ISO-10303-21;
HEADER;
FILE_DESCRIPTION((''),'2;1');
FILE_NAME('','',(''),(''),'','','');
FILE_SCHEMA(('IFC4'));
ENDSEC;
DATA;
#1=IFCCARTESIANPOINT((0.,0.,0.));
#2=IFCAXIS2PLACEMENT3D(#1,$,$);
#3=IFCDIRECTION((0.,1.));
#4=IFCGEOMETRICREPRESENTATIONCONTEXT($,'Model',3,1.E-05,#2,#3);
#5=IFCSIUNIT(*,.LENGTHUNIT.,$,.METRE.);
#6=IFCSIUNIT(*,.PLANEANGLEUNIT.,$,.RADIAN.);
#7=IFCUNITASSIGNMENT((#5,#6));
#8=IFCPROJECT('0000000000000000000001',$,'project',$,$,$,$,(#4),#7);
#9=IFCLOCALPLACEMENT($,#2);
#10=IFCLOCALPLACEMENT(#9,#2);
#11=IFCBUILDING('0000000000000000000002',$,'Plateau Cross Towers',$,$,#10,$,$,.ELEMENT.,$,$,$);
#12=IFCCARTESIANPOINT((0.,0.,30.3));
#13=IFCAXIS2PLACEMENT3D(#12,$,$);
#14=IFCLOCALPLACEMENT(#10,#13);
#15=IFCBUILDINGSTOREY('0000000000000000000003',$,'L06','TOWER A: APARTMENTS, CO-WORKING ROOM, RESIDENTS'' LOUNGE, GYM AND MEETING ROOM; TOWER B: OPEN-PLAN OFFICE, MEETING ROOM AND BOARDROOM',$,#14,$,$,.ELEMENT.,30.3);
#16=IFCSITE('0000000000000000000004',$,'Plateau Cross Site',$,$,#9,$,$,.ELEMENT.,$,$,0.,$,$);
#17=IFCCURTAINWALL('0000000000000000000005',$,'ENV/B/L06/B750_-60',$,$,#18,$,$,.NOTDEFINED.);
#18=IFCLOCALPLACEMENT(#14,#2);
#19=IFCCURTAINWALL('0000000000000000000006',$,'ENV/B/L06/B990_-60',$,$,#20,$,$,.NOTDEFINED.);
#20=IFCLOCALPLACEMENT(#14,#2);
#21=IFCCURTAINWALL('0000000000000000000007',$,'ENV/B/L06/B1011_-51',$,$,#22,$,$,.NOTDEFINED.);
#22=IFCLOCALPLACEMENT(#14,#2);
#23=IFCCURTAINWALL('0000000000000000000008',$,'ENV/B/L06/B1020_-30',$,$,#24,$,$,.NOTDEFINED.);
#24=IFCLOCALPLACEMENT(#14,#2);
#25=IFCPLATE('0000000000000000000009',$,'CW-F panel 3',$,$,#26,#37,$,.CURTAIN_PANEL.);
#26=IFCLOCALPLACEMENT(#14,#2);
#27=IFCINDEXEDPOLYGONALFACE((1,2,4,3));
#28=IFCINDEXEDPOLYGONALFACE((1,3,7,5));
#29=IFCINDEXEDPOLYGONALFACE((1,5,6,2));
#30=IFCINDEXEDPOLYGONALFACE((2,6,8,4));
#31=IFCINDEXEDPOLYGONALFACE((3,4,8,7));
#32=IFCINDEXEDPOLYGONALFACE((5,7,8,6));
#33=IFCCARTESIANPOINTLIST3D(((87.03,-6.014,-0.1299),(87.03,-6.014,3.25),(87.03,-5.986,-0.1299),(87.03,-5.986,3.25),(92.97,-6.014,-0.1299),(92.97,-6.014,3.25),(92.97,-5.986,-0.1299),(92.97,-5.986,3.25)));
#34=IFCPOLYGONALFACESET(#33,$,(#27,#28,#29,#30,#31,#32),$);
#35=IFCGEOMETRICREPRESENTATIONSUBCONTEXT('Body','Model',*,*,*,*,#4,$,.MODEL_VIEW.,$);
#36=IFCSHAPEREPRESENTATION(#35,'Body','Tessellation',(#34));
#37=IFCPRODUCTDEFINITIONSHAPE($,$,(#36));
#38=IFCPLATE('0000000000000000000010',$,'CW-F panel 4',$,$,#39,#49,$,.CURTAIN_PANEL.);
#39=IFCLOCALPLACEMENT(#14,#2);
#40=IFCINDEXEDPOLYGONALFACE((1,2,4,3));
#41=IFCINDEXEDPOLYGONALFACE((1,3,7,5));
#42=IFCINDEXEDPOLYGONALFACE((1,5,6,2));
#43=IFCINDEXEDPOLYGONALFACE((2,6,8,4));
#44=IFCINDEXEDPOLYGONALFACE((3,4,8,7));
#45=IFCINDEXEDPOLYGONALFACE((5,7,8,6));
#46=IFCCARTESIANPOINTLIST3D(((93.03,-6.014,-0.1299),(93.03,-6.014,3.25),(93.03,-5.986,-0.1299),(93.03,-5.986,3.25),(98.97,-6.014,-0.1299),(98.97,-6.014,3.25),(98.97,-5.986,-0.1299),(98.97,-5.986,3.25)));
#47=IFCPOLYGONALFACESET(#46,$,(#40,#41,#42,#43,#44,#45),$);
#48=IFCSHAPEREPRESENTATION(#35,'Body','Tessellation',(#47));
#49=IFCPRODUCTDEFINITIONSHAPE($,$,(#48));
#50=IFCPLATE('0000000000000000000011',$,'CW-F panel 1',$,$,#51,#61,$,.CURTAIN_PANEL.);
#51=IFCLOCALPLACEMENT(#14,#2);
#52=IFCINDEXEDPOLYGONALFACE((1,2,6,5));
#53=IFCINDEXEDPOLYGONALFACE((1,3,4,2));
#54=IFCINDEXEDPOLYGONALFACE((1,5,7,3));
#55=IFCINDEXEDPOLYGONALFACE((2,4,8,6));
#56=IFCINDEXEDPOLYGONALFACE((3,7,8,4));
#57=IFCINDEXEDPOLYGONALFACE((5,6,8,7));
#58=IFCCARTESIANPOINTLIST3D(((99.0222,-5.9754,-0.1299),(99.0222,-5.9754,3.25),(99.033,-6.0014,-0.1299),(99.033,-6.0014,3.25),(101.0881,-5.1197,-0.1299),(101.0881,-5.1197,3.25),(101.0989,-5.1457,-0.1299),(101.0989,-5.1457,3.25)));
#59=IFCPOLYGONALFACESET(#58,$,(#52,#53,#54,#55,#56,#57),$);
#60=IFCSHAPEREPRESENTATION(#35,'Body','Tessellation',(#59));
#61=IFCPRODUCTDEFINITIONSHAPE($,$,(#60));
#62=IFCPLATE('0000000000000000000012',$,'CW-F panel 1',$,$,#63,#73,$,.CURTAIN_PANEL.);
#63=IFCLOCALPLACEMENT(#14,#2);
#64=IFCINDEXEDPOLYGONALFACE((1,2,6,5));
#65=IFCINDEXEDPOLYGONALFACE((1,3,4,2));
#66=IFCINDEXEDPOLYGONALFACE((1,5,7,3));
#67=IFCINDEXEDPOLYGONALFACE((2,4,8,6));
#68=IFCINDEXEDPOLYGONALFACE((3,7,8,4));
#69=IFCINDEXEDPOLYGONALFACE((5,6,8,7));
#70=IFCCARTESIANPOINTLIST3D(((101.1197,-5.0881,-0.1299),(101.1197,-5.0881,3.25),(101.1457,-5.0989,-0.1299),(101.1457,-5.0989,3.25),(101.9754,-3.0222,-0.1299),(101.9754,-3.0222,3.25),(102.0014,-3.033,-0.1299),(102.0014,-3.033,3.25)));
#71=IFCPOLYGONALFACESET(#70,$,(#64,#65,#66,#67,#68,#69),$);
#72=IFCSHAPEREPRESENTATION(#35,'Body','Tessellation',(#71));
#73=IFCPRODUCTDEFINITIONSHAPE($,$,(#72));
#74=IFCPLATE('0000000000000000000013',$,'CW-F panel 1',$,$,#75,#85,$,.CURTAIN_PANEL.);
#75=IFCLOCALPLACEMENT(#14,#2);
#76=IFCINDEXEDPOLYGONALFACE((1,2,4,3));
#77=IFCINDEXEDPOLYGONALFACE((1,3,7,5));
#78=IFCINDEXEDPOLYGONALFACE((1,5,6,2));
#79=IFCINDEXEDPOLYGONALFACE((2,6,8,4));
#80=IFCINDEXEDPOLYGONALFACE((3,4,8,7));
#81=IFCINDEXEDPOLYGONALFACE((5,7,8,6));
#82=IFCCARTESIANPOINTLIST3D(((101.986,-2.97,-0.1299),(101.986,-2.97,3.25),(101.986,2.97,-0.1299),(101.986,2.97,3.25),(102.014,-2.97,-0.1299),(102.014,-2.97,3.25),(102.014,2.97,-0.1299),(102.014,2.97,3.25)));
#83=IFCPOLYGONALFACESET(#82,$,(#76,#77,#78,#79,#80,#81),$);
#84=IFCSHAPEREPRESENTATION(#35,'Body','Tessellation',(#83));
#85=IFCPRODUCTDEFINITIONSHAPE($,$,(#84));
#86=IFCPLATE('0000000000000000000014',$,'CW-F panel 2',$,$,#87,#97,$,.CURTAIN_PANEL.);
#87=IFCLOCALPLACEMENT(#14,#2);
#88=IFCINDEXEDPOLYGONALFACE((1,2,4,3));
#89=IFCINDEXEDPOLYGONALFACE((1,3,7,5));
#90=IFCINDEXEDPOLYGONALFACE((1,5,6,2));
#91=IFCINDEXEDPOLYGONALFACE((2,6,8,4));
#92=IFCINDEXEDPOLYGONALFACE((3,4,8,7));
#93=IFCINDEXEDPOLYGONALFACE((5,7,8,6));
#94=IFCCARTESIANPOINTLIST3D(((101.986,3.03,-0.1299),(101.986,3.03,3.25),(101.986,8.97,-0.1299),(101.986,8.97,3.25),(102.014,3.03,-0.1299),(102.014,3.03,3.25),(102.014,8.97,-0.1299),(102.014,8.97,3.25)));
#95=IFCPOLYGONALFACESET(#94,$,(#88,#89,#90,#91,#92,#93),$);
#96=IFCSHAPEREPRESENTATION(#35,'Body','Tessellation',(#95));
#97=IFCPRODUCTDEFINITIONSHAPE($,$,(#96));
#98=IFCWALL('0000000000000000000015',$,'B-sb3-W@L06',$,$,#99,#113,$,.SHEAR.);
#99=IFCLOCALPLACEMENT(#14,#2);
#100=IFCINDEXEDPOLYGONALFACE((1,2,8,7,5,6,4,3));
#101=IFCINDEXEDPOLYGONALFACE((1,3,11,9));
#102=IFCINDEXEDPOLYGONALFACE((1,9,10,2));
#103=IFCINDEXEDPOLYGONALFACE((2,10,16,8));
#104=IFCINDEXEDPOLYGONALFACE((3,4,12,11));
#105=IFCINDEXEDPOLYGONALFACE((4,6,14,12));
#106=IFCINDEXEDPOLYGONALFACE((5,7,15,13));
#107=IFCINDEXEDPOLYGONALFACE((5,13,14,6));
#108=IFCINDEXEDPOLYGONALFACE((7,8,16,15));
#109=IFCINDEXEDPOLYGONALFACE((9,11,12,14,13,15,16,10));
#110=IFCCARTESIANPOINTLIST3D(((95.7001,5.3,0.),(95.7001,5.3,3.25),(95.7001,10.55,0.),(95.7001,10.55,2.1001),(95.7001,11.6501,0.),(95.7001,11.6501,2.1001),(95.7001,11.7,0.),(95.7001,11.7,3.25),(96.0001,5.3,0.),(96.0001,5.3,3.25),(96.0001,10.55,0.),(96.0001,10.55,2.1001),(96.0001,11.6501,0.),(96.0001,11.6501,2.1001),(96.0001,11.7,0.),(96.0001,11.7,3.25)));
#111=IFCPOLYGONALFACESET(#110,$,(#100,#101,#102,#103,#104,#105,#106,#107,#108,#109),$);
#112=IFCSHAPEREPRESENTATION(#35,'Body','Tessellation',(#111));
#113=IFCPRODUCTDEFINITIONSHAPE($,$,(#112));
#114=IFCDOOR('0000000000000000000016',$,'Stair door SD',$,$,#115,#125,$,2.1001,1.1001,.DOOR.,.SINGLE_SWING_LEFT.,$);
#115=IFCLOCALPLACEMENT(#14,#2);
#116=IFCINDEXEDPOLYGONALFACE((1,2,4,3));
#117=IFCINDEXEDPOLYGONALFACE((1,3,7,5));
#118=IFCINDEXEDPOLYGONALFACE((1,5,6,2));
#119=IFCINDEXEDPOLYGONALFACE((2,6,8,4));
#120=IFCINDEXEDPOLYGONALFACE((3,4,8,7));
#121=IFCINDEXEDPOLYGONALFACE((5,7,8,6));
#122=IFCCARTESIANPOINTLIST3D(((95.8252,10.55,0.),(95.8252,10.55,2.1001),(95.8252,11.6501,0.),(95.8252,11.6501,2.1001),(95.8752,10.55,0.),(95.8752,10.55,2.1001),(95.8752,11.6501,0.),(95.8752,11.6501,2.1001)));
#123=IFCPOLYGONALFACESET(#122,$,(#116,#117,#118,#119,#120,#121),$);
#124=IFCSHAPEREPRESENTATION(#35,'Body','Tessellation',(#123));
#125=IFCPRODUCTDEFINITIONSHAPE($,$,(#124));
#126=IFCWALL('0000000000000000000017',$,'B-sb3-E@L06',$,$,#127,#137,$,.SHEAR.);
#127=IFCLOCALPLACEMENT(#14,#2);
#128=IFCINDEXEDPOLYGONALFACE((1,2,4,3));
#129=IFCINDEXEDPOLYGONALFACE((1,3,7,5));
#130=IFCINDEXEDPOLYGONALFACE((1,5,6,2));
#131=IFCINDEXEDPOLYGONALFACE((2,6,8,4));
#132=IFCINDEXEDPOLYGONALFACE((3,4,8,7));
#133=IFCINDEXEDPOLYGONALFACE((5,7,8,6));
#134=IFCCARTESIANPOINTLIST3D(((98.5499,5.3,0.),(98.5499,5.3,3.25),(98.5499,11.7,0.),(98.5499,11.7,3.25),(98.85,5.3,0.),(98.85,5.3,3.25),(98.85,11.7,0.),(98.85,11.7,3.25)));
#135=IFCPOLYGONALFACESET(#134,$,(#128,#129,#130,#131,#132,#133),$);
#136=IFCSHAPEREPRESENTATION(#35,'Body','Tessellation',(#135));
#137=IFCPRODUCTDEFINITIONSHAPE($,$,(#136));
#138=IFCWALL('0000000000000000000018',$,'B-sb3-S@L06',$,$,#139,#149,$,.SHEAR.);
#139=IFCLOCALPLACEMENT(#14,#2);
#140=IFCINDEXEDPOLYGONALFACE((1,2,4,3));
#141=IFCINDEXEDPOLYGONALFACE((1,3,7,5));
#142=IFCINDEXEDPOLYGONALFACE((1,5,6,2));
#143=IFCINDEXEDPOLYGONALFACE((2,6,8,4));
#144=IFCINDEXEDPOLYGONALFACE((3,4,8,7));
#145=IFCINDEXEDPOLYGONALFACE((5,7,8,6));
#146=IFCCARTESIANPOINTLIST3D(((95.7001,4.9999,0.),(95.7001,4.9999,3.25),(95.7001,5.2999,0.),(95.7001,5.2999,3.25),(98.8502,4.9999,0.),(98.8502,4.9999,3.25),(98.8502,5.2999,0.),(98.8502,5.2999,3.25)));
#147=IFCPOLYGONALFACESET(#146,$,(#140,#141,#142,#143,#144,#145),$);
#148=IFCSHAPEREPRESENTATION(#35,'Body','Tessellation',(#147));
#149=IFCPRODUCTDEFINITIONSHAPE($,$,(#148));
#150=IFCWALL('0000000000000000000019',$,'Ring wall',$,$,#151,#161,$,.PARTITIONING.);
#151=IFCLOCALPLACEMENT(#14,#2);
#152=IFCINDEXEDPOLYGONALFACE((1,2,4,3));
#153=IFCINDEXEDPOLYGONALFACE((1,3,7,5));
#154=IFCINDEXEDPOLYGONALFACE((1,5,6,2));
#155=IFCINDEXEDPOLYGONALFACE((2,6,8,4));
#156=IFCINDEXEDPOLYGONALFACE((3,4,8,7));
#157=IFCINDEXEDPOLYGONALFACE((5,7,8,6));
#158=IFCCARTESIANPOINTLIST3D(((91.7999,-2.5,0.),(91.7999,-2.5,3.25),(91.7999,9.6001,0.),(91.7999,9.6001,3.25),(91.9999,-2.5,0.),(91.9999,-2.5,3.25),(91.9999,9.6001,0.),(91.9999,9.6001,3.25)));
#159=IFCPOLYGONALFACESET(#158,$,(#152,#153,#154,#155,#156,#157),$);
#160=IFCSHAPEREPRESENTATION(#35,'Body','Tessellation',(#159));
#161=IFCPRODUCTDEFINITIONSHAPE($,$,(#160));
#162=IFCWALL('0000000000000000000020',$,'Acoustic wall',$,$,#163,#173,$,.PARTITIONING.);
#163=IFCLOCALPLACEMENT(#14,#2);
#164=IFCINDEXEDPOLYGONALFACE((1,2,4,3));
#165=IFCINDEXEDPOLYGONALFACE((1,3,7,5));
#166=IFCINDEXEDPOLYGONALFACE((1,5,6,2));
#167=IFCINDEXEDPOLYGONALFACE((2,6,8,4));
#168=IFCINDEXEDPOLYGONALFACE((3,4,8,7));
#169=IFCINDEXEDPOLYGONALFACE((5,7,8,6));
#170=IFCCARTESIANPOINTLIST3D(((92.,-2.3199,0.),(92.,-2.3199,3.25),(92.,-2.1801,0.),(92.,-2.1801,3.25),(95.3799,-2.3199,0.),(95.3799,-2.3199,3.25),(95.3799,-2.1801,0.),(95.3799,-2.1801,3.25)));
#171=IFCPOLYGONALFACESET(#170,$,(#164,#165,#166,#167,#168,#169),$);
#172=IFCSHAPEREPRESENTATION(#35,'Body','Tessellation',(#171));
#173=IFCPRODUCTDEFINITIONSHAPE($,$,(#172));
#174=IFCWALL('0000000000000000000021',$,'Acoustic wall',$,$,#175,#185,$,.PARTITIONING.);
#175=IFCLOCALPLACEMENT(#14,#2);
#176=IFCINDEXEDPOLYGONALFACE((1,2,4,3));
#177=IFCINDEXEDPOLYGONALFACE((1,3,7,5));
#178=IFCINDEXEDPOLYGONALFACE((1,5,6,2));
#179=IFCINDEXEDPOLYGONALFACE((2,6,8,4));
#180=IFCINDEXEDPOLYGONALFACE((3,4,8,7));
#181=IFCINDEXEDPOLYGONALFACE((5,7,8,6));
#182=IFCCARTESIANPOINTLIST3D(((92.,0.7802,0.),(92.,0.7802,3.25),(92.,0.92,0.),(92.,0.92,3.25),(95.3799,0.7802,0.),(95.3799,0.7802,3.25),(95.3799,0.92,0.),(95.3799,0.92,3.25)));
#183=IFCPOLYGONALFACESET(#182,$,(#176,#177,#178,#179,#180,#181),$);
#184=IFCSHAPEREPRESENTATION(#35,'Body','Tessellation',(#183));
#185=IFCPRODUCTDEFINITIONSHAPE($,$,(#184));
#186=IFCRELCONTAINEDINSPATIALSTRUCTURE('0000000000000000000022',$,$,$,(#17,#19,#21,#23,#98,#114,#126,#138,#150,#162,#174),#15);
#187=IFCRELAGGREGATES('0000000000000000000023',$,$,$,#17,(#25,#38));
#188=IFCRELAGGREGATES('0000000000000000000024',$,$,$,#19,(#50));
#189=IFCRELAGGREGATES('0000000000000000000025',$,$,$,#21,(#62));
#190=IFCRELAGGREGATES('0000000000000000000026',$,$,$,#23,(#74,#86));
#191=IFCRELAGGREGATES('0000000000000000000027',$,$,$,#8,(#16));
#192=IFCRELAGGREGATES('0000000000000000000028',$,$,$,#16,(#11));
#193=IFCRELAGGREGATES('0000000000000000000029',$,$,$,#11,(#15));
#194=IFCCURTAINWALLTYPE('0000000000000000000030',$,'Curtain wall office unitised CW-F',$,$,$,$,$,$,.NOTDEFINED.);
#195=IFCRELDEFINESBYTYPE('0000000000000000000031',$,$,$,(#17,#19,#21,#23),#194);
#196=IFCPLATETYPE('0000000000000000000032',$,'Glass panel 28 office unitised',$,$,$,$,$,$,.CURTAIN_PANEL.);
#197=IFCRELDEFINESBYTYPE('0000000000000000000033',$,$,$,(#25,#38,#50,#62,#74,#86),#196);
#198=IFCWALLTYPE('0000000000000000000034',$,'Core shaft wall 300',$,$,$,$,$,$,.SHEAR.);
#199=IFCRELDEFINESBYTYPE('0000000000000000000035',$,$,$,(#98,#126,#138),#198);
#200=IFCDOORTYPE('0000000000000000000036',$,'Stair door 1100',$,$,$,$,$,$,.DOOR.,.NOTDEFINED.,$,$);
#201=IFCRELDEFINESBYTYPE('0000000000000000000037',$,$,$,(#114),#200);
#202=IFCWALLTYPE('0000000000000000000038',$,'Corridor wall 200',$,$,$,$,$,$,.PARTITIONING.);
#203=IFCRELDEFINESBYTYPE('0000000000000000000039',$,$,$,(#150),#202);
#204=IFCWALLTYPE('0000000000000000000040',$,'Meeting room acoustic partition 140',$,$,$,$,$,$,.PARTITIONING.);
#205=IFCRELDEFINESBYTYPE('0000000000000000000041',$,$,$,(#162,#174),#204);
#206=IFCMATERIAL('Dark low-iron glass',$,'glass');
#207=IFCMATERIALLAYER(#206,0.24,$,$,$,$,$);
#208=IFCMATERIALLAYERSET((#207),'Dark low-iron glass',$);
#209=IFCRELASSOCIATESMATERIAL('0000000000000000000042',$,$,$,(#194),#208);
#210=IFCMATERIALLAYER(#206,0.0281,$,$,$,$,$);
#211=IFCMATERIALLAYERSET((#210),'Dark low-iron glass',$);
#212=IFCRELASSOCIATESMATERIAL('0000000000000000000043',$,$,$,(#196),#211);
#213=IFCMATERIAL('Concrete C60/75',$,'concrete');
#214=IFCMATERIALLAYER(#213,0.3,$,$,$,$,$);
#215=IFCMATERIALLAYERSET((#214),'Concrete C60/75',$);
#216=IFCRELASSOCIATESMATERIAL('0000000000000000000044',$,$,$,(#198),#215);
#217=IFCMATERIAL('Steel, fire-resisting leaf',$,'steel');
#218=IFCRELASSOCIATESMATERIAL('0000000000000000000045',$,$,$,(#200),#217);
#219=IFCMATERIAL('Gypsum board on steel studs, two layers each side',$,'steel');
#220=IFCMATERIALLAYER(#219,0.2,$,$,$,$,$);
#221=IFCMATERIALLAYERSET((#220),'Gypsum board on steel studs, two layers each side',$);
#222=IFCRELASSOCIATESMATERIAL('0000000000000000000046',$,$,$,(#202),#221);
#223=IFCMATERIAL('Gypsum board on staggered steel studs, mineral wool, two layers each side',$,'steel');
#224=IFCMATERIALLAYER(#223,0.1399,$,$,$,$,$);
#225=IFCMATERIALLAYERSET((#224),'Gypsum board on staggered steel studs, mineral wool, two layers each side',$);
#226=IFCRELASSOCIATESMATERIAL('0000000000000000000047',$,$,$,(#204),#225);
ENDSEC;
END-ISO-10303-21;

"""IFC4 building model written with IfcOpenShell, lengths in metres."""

from ifc_helpers import new_model, si_unit, direction, frame, frame_2d, origin, origin_2d, place, context, subcontext, project, spatial, rectangle, extrude, material, layer, layer_set, type_object, element, fill, aggregate, save


model = new_model("IFC4")

# Units and contexts
model_context = context("Model", 3, precision=1e-05, world=origin(), true_north=direction((0.0, 1.0)))
body_context = subcontext(model_context, "Body", "Model", "MODEL_VIEW")
ifc_project = project(units=[si_unit("LENGTHUNIT", "METRE"), si_unit("PLANEANGLEUNIT", "RADIAN")], contexts=[model_context])

# Site, building, storey
site_placement = place(None, origin())
site = spatial("IfcSite", under=ifc_project, at=site_placement, Name="Plateau Cross Site", CompositionType="ELEMENT", RefElevation=0.0)
building_placement = place(site_placement, origin())
building = spatial("IfcBuilding", under=site, at=building_placement, Name="Plateau Cross Towers", CompositionType="ELEMENT")
storey_placement = place(building_placement, frame((0.0, 0.0, 30.3)))
storey = spatial("IfcBuildingStorey", under=building, at=storey_placement, Name="L06", Description="TOWER A: APARTMENTS, CO-WORKING ROOM, RESIDENTS' LOUNGE, GYM AND MEETING ROOM; TOWER B: OPEN-PLAN OFFICE, MEETING ROOM AND BOARDROOM", CompositionType="ELEMENT", Elevation=30.3)

# Shared definitions
ifc_material_1 = material(Name="Concrete C60/75", Category="concrete")

# Curtain walls
ifc_material_2 = material(Name="Dark low-iron glass", Category="glass")
ifc_layer_1 = layer(ifc_material_2, 0.24)
ifc_layer_set_1 = layer_set([ifc_layer_1], Name="Dark low-iron glass")
curtain_wall_type = type_object("IfcCurtainWallType", Name="Curtain wall office unitised CW-F", PredefinedType="NOTDEFINED", material=ifc_layer_set_1)
curtain_wall_1_placement = place(storey_placement, origin())
curtain_wall_1 = element("IfcCurtainWall", 1, at=curtain_wall_1_placement, inside=storey, type_object=curtain_wall_type, Name="ENV/B/L06/B750_-60", PredefinedType="NOTDEFINED")
curtain_wall_2_placement = place(storey_placement, origin())
curtain_wall_2 = element("IfcCurtainWall", 2, at=curtain_wall_2_placement, inside=storey, type_object=curtain_wall_type, Name="ENV/B/L06/B990_-60", PredefinedType="NOTDEFINED")
curtain_wall_3_placement = place(storey_placement, origin())
curtain_wall_3 = element("IfcCurtainWall", 3, at=curtain_wall_3_placement, inside=storey, type_object=curtain_wall_type, Name="ENV/B/L06/B1011_-51", PredefinedType="NOTDEFINED")

# Curtain wall
curtain_wall_4_placement = place(storey_placement, origin())
curtain_wall_4 = element("IfcCurtainWall", 4, at=curtain_wall_4_placement, inside=storey, type_object=curtain_wall_type, Name="ENV/B/L06/B1020_-30", PredefinedType="NOTDEFINED")

# Plates
ifc_layer_2 = layer(ifc_material_2, 0.0281)
ifc_layer_set_2 = layer_set([ifc_layer_2], Name="Dark low-iron glass")
plate_type = type_object("IfcPlateType", Name="Glass panel 28 office unitised", PredefinedType="CURTAIN_PANEL", material=ifc_layer_set_2)
plate_1_placement = place(storey_placement, frame((90.0, -6.0, -0.1299), z_axis=(0.0, 0.0, 1.0), x_axis=(1.0, 0.0, 0.0)))
plate_1 = element("IfcPlate", 5, at=plate_1_placement, type_object=plate_type, Name="CW-F panel 3", PredefinedType="CURTAIN_PANEL", context=body_context, shape_type="SweptSolid", body=[
    extrude(rectangle(XDim=5.9399, YDim=0.0281, at=origin_2d()), origin(), (0.0, 0.0, 1.0), 3.3799),
])
plate_2_placement = place(storey_placement, frame((96.0, -6.0, -0.1299), z_axis=(0.0, 0.0, 1.0), x_axis=(1.0, 0.0, 0.0)))
plate_2 = element("IfcPlate", 6, at=plate_2_placement, type_object=plate_type, Name="CW-F panel 4", PredefinedType="CURTAIN_PANEL", context=body_context, shape_type="SweptSolid", body=[
    extrude(rectangle(XDim=5.9399, YDim=0.0281, at=origin_2d()), origin(), (0.0, 0.0, 1.0), 3.3799),
])
aggregate(curtain_wall_1, [plate_1, plate_2])
plate_3_placement = place(storey_placement, frame((100.0605, -5.5605, -0.1299), z_axis=(0.0, 0.0, 1.0), x_axis=(0.923879, 0.382684, 0.0)))
plate_3 = element("IfcPlate", 7, at=plate_3_placement, type_object=plate_type, Name="CW-F panel 1", PredefinedType="CURTAIN_PANEL", context=body_context, shape_type="SweptSolid", body=[
    extrude(rectangle(XDim=2.2361, YDim=0.0281, at=origin_2d()), origin(), (0.0, 0.0, 1.0), 3.3799),
])
aggregate(curtain_wall_2, [plate_3])
plate_4_placement = place(storey_placement, frame((101.5605, -4.0605, -0.1299), z_axis=(0.0, 0.0, 1.0), x_axis=(0.382684, 0.923879, 0.0)))
plate_4 = element("IfcPlate", 8, at=plate_4_placement, type_object=plate_type, Name="CW-F panel 1", PredefinedType="CURTAIN_PANEL", context=body_context, shape_type="SweptSolid", body=[
    extrude(rectangle(XDim=2.2361, YDim=0.0281, at=origin_2d()), origin(), (0.0, 0.0, 1.0), 3.3799),
])
aggregate(curtain_wall_3, [plate_4])
plate_5_placement = place(storey_placement, frame((102.0, 0.0, -0.1299), z_axis=(0.0, 0.0, 1.0), x_axis=(0.0, 1.0, 0.0)))
plate_5 = element("IfcPlate", 9, at=plate_5_placement, type_object=plate_type, Name="CW-F panel 1", PredefinedType="CURTAIN_PANEL", context=body_context, shape_type="SweptSolid", body=[
    extrude(rectangle(XDim=5.9399, YDim=0.0281, at=origin_2d()), origin(), (0.0, 0.0, 1.0), 3.3799),
])
plate_6_placement = place(storey_placement, frame((102.0, 6.0, -0.1299), z_axis=(0.0, 0.0, 1.0), x_axis=(0.0, 1.0, 0.0)))
plate_6 = element("IfcPlate", 10, at=plate_6_placement, type_object=plate_type, Name="CW-F panel 2", PredefinedType="CURTAIN_PANEL", context=body_context, shape_type="SweptSolid", body=[
    extrude(rectangle(XDim=5.9399, YDim=0.0281, at=origin_2d()), origin(), (0.0, 0.0, 1.0), 3.3799),
])
aggregate(curtain_wall_4, [plate_5, plate_6])

# Wall, opening, door
ifc_layer_3 = layer(ifc_material_1, 0.3)
ifc_layer_set_3 = layer_set([ifc_layer_3], Name="Concrete C60/75")
wall_type_1 = type_object("IfcWallType", Name="Core shaft wall 300", PredefinedType="SHEAR", material=ifc_layer_set_3)
wall_1_placement = place(storey_placement, frame((95.8501, 5.3, 0.0), z_axis=(0.0, 0.0, 1.0), x_axis=(0.0, 1.0, 0.0)))
wall_1 = element("IfcWall", 11, at=wall_1_placement, inside=storey, type_object=wall_type_1, Name="B-sb3-W@L06", PredefinedType="SHEAR", context=body_context, shape_type="SweptSolid", body=[
    extrude(rectangle(XDim=6.3999, YDim=0.3, at=frame_2d((3.2, 0.0))), origin(), (0.0, 0.0, 1.0), 3.25),
])
opening_1_placement = place(wall_1_placement, frame((5.25, 0.0, 0.0)))
opening_1 = element("IfcOpeningElement", 12, at=opening_1_placement, cuts=wall_1, PredefinedType="OPENING", context=body_context, shape_type="SweptSolid", body=[
    extrude(rectangle(XDim=1.1001, YDim=2.1001, at=frame_2d((0.55, 1.05))), frame((0.0, 0.1599, 0.0), z_axis=(0.0, -1.0, 0.0), x_axis=(1.0, 0.0, 0.0)), (0.0, 0.0, 1.0), 0.3201),
])
ifc_material_3 = material(Name="Steel, fire-resisting leaf", Category="steel")
door_type_1 = type_object("IfcDoorType", Name="Stair door 1100", OperationType="NOTDEFINED", PredefinedType="DOOR", material=ifc_material_3)
door_1_placement = place(opening_1_placement, origin())
door_1 = element("IfcDoor", 13, at=door_1_placement, inside=storey, type_object=door_type_1, Name="Stair door SD", OperationType="SINGLE_SWING_LEFT", OverallHeight=2.1001, OverallWidth=1.1001, PredefinedType="DOOR", context=body_context, shape_type="SweptSolid", body=[
    extrude(rectangle(XDim=1.1001, YDim=2.1001, at=frame_2d((0.55, 1.05))), frame((0.0, 0.0249, 0.0), z_axis=(0.0, -1.0, 0.0), x_axis=(1.0, 0.0, 0.0)), (0.0, 0.0, 1.0), 0.05),
])
fill(opening_1, door_1)

# Walls
wall_2_placement = place(storey_placement, frame((98.7, 5.3, 0.0), z_axis=(0.0, 0.0, 1.0), x_axis=(0.0, 1.0, 0.0)))
element("IfcWall", 14, at=wall_2_placement, inside=storey, type_object=wall_type_1, Name="B-sb3-E@L06", PredefinedType="SHEAR", context=body_context, shape_type="SweptSolid", body=[
    extrude(rectangle(XDim=6.3999, YDim=0.3, at=frame_2d((3.2, 0.0))), origin(), (0.0, 0.0, 1.0), 3.25),
])
wall_3_placement = place(storey_placement, frame((95.7, 5.1499, 0.0), z_axis=(0.0, 0.0, 1.0), x_axis=(1.0, 0.0, 0.0)))
element("IfcWall", 15, at=wall_3_placement, inside=storey, type_object=wall_type_1, Name="B-sb3-S@L06", PredefinedType="SHEAR", context=body_context, shape_type="SweptSolid", body=[
    extrude(rectangle(XDim=3.1501, YDim=0.3, at=frame_2d((1.5752, 0.0))), origin(), (0.0, 0.0, 1.0), 3.25),
])
ifc_material_4 = material(Name="Gypsum board on steel studs, two layers each side", Category="steel")
ifc_layer_4 = layer(ifc_material_4, 0.2)
ifc_layer_set_4 = layer_set([ifc_layer_4], Name="Gypsum board on steel studs, two layers each side")
wall_type_2 = type_object("IfcWallType", Name="Corridor wall 200", PredefinedType="PARTITIONING", material=ifc_layer_set_4)
wall_4_placement = place(storey_placement, frame((91.8999, -2.5, 0.0), z_axis=(0.0, 0.0, 1.0), x_axis=(0.0, 1.0, 0.0)))
element("IfcWall", 16, at=wall_4_placement, inside=storey, type_object=wall_type_2, Name="Ring wall", PredefinedType="PARTITIONING", context=body_context, shape_type="SweptSolid", body=[
    extrude(rectangle(XDim=12.1001, YDim=0.2, at=frame_2d((6.05, 0.0))), origin(), (0.0, 0.0, 1.0), 3.25),
])

# Shared definitions
ifc_material_5 = material(Name="Gypsum board on staggered steel studs, mineral wool, two layers each side", Category="steel")
ifc_layer_5 = layer(ifc_material_5, 0.1399)
ifc_layer_set_5 = layer_set([ifc_layer_5], Name="Gypsum board on staggered steel studs, mineral wool, two layers each side")
wall_type_3 = type_object("IfcWallType", Name="Meeting room acoustic partition 140", PredefinedType="PARTITIONING", material=ifc_layer_set_5)

# Wall
wall_5_placement = place(storey_placement, frame((92.0, -2.25, 0.0), z_axis=(0.0, 0.0, 1.0), x_axis=(1.0, 0.0, 0.0)))
element("IfcWall", 17, at=wall_5_placement, inside=storey, type_object=wall_type_3, Name="Acoustic wall", PredefinedType="PARTITIONING", context=body_context, shape_type="SweptSolid", body=[
    extrude(rectangle(XDim=3.3799, YDim=0.1399, at=frame_2d((1.6899, 0.0))), origin(), (0.0, 0.0, 1.0), 3.25),
])

# Wall
wall_6_placement = place(storey_placement, frame((92.0, 0.8501, 0.0), z_axis=(0.0, 0.0, 1.0), x_axis=(1.0, 0.0, 0.0)))
element("IfcWall", 18, at=wall_6_placement, inside=storey, type_object=wall_type_3, Name="Acoustic wall", PredefinedType="PARTITIONING", context=body_context, shape_type="SweptSolid", body=[
    extrude(rectangle(XDim=3.3799, YDim=0.1399, at=frame_2d((1.6899, 0.0))), origin(), (0.0, 0.0, 1.0), 3.25),
])

save(model, "model.ifc")
